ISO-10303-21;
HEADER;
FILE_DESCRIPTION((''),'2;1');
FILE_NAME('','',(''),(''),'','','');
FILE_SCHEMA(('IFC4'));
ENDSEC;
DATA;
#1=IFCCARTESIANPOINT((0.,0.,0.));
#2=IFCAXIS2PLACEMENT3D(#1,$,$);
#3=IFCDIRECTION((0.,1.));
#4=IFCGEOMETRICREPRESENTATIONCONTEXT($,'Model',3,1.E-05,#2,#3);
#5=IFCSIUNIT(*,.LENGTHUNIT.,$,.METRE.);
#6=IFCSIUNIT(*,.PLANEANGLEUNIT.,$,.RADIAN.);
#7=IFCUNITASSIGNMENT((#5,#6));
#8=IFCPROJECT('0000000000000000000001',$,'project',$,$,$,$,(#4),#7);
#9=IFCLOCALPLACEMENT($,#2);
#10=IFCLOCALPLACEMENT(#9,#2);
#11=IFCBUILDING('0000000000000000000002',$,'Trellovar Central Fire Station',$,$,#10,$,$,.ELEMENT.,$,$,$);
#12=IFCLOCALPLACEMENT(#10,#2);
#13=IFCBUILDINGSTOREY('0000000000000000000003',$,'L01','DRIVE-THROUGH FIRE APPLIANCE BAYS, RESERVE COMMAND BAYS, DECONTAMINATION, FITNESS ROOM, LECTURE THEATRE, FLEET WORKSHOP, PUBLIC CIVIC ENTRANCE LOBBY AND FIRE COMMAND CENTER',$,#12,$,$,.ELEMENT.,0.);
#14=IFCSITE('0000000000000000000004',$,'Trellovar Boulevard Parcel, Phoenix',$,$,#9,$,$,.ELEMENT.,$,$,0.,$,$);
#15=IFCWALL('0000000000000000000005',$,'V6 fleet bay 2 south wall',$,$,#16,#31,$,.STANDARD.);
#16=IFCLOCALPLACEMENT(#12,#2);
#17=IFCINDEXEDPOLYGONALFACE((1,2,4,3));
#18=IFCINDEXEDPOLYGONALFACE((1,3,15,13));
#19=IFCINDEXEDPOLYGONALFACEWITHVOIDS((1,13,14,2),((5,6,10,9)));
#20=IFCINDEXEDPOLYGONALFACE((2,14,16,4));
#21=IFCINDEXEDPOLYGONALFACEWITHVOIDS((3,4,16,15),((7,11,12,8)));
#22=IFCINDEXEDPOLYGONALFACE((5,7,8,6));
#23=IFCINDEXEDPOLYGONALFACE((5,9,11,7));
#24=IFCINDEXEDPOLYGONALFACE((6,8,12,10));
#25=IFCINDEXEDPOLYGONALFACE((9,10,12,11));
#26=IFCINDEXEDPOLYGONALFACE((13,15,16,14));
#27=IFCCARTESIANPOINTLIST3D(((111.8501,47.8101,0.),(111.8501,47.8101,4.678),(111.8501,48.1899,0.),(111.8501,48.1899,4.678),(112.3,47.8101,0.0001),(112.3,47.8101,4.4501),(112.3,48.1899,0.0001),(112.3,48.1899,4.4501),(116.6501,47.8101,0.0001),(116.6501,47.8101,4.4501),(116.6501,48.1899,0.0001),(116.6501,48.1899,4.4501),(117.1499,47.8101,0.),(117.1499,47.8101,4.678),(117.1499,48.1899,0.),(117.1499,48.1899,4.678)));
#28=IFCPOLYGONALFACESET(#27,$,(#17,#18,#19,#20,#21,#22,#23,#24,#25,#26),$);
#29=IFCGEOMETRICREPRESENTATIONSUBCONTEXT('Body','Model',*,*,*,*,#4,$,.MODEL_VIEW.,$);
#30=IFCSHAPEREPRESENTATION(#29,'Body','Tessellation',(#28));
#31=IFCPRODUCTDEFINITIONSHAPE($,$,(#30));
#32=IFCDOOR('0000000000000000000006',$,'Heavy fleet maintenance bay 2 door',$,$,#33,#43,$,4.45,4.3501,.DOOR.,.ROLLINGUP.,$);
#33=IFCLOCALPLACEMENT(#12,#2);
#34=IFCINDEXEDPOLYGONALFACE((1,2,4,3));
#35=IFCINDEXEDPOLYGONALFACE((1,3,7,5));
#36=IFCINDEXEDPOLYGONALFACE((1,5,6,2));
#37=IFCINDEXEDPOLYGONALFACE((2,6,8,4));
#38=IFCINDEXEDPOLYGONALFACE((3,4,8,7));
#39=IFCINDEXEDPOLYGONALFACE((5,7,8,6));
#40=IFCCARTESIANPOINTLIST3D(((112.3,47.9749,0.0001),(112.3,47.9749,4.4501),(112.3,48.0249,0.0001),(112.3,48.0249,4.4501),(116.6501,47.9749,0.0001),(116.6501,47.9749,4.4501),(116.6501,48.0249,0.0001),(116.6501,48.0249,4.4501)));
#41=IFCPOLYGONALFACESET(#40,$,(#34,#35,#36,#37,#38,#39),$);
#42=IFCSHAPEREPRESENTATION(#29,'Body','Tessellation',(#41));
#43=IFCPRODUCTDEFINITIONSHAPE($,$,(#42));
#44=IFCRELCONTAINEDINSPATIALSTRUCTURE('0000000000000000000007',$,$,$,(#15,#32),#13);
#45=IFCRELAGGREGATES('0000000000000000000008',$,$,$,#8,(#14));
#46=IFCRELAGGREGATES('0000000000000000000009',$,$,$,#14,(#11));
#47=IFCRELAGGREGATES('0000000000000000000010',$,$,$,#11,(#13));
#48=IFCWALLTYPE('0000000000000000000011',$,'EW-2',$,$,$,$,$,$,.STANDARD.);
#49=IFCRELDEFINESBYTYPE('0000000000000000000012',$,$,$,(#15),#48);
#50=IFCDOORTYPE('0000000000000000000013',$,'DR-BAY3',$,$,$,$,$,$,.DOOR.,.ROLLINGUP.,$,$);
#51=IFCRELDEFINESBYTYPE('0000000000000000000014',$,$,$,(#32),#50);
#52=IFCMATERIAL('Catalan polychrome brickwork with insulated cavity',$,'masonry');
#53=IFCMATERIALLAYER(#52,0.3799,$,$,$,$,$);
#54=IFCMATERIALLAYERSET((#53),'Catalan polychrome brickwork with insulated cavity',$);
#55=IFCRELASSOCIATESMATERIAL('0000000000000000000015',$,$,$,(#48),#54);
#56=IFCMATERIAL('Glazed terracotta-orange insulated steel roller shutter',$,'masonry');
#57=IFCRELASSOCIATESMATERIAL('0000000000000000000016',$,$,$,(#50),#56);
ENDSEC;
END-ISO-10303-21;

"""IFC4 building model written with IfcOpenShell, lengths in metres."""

from ifc_helpers import new_model, si_unit, direction, frame, frame_2d, origin, place, context, subcontext, project, spatial, rectangle, extrude, material, layer, layer_set, type_object, element, fill, save


model = new_model("IFC4")

# Units and contexts
model_context = context("Model", 3, precision=1e-05, world=origin(), true_north=direction((0.0, 1.0)))
body_context = subcontext(model_context, "Body", "Model", "MODEL_VIEW")
ifc_project = project(units=[si_unit("LENGTHUNIT", "METRE"), si_unit("PLANEANGLEUNIT", "RADIAN")], contexts=[model_context])

# Site, building, storey
site_placement = place(None, origin())
site = spatial("IfcSite", under=ifc_project, at=site_placement, Name="Trellovar Boulevard Parcel, Phoenix", CompositionType="ELEMENT", RefElevation=0.0)
building_placement = place(site_placement, origin())
building = spatial("IfcBuilding", under=site, at=building_placement, Name="Trellovar Central Fire Station", CompositionType="ELEMENT")
storey_placement = place(building_placement, origin())
storey = spatial("IfcBuildingStorey", under=building, at=storey_placement, Name="L01", Description="DRIVE-THROUGH FIRE APPLIANCE BAYS, RESERVE COMMAND BAYS, DECONTAMINATION, FITNESS ROOM, LECTURE THEATRE, FLEET WORKSHOP, PUBLIC CIVIC ENTRANCE LOBBY AND FIRE COMMAND CENTER", CompositionType="ELEMENT", Elevation=0.0)

# Wall, opening, door
ifc_material_1 = material(Name="Catalan polychrome brickwork with insulated cavity", Category="masonry")
ifc_layer = layer(ifc_material_1, 0.3799)
ifc_layer_set = layer_set([ifc_layer], Name="Catalan polychrome brickwork with insulated cavity")
wall_type = type_object("IfcWallType", Name="EW-2", PredefinedType="STANDARD", material=ifc_layer_set)
wall_1_placement = place(storey_placement, frame((111.8501, 48.0, 0.0), z_axis=(0.0, 0.0, 1.0), x_axis=(1.0, 0.0, 0.0)))
wall_1 = element("IfcWall", 1, at=wall_1_placement, inside=storey, type_object=wall_type, Name="V6 fleet bay 2 south wall", PredefinedType="STANDARD", context=body_context, shape_type="SweptSolid", body=[
    extrude(rectangle(XDim=5.2998, YDim=0.3799, at=frame_2d((2.6499, 0.0))), origin(), (0.0, 0.0, 1.0), 4.678),
])
opening_1_placement = place(wall_1_placement, frame((0.45, 0.0, 0.0)))
opening_1 = element("IfcOpeningElement", 2, at=opening_1_placement, cuts=wall_1, PredefinedType="OPENING", context=body_context, shape_type="SweptSolid", body=[
    extrude(rectangle(XDim=4.3501, YDim=4.45, at=frame_2d((2.175, 2.2251))), frame((0.0, 0.2, 0.0), z_axis=(0.0, -1.0, 0.0), x_axis=(1.0, 0.0, 0.0)), (0.0, 0.0, 1.0), 0.3999),
])
ifc_material_2 = material(Name="Glazed terracotta-orange insulated steel roller shutter", Category="masonry")
door_type_1 = type_object("IfcDoorType", Name="DR-BAY3", OperationType="ROLLINGUP", PredefinedType="DOOR", material=ifc_material_2)
door_1_placement = place(opening_1_placement, origin())
door_1 = element("IfcDoor", 3, at=door_1_placement, inside=storey, type_object=door_type_1, Name="Heavy fleet maintenance bay 2 door", OperationType="ROLLINGUP", OverallHeight=4.45, OverallWidth=4.3501, PredefinedType="DOOR", context=body_context, shape_type="SweptSolid", body=[
    extrude(rectangle(XDim=4.3501, YDim=4.45, at=frame_2d((2.175, 2.2251))), frame((0.0, 0.0249, 0.0), z_axis=(0.0, -1.0, 0.0), x_axis=(1.0, 0.0, 0.0)), (0.0, 0.0, 1.0), 0.05),
])
fill(opening_1, door_1)

save(model, "model.ifc")
